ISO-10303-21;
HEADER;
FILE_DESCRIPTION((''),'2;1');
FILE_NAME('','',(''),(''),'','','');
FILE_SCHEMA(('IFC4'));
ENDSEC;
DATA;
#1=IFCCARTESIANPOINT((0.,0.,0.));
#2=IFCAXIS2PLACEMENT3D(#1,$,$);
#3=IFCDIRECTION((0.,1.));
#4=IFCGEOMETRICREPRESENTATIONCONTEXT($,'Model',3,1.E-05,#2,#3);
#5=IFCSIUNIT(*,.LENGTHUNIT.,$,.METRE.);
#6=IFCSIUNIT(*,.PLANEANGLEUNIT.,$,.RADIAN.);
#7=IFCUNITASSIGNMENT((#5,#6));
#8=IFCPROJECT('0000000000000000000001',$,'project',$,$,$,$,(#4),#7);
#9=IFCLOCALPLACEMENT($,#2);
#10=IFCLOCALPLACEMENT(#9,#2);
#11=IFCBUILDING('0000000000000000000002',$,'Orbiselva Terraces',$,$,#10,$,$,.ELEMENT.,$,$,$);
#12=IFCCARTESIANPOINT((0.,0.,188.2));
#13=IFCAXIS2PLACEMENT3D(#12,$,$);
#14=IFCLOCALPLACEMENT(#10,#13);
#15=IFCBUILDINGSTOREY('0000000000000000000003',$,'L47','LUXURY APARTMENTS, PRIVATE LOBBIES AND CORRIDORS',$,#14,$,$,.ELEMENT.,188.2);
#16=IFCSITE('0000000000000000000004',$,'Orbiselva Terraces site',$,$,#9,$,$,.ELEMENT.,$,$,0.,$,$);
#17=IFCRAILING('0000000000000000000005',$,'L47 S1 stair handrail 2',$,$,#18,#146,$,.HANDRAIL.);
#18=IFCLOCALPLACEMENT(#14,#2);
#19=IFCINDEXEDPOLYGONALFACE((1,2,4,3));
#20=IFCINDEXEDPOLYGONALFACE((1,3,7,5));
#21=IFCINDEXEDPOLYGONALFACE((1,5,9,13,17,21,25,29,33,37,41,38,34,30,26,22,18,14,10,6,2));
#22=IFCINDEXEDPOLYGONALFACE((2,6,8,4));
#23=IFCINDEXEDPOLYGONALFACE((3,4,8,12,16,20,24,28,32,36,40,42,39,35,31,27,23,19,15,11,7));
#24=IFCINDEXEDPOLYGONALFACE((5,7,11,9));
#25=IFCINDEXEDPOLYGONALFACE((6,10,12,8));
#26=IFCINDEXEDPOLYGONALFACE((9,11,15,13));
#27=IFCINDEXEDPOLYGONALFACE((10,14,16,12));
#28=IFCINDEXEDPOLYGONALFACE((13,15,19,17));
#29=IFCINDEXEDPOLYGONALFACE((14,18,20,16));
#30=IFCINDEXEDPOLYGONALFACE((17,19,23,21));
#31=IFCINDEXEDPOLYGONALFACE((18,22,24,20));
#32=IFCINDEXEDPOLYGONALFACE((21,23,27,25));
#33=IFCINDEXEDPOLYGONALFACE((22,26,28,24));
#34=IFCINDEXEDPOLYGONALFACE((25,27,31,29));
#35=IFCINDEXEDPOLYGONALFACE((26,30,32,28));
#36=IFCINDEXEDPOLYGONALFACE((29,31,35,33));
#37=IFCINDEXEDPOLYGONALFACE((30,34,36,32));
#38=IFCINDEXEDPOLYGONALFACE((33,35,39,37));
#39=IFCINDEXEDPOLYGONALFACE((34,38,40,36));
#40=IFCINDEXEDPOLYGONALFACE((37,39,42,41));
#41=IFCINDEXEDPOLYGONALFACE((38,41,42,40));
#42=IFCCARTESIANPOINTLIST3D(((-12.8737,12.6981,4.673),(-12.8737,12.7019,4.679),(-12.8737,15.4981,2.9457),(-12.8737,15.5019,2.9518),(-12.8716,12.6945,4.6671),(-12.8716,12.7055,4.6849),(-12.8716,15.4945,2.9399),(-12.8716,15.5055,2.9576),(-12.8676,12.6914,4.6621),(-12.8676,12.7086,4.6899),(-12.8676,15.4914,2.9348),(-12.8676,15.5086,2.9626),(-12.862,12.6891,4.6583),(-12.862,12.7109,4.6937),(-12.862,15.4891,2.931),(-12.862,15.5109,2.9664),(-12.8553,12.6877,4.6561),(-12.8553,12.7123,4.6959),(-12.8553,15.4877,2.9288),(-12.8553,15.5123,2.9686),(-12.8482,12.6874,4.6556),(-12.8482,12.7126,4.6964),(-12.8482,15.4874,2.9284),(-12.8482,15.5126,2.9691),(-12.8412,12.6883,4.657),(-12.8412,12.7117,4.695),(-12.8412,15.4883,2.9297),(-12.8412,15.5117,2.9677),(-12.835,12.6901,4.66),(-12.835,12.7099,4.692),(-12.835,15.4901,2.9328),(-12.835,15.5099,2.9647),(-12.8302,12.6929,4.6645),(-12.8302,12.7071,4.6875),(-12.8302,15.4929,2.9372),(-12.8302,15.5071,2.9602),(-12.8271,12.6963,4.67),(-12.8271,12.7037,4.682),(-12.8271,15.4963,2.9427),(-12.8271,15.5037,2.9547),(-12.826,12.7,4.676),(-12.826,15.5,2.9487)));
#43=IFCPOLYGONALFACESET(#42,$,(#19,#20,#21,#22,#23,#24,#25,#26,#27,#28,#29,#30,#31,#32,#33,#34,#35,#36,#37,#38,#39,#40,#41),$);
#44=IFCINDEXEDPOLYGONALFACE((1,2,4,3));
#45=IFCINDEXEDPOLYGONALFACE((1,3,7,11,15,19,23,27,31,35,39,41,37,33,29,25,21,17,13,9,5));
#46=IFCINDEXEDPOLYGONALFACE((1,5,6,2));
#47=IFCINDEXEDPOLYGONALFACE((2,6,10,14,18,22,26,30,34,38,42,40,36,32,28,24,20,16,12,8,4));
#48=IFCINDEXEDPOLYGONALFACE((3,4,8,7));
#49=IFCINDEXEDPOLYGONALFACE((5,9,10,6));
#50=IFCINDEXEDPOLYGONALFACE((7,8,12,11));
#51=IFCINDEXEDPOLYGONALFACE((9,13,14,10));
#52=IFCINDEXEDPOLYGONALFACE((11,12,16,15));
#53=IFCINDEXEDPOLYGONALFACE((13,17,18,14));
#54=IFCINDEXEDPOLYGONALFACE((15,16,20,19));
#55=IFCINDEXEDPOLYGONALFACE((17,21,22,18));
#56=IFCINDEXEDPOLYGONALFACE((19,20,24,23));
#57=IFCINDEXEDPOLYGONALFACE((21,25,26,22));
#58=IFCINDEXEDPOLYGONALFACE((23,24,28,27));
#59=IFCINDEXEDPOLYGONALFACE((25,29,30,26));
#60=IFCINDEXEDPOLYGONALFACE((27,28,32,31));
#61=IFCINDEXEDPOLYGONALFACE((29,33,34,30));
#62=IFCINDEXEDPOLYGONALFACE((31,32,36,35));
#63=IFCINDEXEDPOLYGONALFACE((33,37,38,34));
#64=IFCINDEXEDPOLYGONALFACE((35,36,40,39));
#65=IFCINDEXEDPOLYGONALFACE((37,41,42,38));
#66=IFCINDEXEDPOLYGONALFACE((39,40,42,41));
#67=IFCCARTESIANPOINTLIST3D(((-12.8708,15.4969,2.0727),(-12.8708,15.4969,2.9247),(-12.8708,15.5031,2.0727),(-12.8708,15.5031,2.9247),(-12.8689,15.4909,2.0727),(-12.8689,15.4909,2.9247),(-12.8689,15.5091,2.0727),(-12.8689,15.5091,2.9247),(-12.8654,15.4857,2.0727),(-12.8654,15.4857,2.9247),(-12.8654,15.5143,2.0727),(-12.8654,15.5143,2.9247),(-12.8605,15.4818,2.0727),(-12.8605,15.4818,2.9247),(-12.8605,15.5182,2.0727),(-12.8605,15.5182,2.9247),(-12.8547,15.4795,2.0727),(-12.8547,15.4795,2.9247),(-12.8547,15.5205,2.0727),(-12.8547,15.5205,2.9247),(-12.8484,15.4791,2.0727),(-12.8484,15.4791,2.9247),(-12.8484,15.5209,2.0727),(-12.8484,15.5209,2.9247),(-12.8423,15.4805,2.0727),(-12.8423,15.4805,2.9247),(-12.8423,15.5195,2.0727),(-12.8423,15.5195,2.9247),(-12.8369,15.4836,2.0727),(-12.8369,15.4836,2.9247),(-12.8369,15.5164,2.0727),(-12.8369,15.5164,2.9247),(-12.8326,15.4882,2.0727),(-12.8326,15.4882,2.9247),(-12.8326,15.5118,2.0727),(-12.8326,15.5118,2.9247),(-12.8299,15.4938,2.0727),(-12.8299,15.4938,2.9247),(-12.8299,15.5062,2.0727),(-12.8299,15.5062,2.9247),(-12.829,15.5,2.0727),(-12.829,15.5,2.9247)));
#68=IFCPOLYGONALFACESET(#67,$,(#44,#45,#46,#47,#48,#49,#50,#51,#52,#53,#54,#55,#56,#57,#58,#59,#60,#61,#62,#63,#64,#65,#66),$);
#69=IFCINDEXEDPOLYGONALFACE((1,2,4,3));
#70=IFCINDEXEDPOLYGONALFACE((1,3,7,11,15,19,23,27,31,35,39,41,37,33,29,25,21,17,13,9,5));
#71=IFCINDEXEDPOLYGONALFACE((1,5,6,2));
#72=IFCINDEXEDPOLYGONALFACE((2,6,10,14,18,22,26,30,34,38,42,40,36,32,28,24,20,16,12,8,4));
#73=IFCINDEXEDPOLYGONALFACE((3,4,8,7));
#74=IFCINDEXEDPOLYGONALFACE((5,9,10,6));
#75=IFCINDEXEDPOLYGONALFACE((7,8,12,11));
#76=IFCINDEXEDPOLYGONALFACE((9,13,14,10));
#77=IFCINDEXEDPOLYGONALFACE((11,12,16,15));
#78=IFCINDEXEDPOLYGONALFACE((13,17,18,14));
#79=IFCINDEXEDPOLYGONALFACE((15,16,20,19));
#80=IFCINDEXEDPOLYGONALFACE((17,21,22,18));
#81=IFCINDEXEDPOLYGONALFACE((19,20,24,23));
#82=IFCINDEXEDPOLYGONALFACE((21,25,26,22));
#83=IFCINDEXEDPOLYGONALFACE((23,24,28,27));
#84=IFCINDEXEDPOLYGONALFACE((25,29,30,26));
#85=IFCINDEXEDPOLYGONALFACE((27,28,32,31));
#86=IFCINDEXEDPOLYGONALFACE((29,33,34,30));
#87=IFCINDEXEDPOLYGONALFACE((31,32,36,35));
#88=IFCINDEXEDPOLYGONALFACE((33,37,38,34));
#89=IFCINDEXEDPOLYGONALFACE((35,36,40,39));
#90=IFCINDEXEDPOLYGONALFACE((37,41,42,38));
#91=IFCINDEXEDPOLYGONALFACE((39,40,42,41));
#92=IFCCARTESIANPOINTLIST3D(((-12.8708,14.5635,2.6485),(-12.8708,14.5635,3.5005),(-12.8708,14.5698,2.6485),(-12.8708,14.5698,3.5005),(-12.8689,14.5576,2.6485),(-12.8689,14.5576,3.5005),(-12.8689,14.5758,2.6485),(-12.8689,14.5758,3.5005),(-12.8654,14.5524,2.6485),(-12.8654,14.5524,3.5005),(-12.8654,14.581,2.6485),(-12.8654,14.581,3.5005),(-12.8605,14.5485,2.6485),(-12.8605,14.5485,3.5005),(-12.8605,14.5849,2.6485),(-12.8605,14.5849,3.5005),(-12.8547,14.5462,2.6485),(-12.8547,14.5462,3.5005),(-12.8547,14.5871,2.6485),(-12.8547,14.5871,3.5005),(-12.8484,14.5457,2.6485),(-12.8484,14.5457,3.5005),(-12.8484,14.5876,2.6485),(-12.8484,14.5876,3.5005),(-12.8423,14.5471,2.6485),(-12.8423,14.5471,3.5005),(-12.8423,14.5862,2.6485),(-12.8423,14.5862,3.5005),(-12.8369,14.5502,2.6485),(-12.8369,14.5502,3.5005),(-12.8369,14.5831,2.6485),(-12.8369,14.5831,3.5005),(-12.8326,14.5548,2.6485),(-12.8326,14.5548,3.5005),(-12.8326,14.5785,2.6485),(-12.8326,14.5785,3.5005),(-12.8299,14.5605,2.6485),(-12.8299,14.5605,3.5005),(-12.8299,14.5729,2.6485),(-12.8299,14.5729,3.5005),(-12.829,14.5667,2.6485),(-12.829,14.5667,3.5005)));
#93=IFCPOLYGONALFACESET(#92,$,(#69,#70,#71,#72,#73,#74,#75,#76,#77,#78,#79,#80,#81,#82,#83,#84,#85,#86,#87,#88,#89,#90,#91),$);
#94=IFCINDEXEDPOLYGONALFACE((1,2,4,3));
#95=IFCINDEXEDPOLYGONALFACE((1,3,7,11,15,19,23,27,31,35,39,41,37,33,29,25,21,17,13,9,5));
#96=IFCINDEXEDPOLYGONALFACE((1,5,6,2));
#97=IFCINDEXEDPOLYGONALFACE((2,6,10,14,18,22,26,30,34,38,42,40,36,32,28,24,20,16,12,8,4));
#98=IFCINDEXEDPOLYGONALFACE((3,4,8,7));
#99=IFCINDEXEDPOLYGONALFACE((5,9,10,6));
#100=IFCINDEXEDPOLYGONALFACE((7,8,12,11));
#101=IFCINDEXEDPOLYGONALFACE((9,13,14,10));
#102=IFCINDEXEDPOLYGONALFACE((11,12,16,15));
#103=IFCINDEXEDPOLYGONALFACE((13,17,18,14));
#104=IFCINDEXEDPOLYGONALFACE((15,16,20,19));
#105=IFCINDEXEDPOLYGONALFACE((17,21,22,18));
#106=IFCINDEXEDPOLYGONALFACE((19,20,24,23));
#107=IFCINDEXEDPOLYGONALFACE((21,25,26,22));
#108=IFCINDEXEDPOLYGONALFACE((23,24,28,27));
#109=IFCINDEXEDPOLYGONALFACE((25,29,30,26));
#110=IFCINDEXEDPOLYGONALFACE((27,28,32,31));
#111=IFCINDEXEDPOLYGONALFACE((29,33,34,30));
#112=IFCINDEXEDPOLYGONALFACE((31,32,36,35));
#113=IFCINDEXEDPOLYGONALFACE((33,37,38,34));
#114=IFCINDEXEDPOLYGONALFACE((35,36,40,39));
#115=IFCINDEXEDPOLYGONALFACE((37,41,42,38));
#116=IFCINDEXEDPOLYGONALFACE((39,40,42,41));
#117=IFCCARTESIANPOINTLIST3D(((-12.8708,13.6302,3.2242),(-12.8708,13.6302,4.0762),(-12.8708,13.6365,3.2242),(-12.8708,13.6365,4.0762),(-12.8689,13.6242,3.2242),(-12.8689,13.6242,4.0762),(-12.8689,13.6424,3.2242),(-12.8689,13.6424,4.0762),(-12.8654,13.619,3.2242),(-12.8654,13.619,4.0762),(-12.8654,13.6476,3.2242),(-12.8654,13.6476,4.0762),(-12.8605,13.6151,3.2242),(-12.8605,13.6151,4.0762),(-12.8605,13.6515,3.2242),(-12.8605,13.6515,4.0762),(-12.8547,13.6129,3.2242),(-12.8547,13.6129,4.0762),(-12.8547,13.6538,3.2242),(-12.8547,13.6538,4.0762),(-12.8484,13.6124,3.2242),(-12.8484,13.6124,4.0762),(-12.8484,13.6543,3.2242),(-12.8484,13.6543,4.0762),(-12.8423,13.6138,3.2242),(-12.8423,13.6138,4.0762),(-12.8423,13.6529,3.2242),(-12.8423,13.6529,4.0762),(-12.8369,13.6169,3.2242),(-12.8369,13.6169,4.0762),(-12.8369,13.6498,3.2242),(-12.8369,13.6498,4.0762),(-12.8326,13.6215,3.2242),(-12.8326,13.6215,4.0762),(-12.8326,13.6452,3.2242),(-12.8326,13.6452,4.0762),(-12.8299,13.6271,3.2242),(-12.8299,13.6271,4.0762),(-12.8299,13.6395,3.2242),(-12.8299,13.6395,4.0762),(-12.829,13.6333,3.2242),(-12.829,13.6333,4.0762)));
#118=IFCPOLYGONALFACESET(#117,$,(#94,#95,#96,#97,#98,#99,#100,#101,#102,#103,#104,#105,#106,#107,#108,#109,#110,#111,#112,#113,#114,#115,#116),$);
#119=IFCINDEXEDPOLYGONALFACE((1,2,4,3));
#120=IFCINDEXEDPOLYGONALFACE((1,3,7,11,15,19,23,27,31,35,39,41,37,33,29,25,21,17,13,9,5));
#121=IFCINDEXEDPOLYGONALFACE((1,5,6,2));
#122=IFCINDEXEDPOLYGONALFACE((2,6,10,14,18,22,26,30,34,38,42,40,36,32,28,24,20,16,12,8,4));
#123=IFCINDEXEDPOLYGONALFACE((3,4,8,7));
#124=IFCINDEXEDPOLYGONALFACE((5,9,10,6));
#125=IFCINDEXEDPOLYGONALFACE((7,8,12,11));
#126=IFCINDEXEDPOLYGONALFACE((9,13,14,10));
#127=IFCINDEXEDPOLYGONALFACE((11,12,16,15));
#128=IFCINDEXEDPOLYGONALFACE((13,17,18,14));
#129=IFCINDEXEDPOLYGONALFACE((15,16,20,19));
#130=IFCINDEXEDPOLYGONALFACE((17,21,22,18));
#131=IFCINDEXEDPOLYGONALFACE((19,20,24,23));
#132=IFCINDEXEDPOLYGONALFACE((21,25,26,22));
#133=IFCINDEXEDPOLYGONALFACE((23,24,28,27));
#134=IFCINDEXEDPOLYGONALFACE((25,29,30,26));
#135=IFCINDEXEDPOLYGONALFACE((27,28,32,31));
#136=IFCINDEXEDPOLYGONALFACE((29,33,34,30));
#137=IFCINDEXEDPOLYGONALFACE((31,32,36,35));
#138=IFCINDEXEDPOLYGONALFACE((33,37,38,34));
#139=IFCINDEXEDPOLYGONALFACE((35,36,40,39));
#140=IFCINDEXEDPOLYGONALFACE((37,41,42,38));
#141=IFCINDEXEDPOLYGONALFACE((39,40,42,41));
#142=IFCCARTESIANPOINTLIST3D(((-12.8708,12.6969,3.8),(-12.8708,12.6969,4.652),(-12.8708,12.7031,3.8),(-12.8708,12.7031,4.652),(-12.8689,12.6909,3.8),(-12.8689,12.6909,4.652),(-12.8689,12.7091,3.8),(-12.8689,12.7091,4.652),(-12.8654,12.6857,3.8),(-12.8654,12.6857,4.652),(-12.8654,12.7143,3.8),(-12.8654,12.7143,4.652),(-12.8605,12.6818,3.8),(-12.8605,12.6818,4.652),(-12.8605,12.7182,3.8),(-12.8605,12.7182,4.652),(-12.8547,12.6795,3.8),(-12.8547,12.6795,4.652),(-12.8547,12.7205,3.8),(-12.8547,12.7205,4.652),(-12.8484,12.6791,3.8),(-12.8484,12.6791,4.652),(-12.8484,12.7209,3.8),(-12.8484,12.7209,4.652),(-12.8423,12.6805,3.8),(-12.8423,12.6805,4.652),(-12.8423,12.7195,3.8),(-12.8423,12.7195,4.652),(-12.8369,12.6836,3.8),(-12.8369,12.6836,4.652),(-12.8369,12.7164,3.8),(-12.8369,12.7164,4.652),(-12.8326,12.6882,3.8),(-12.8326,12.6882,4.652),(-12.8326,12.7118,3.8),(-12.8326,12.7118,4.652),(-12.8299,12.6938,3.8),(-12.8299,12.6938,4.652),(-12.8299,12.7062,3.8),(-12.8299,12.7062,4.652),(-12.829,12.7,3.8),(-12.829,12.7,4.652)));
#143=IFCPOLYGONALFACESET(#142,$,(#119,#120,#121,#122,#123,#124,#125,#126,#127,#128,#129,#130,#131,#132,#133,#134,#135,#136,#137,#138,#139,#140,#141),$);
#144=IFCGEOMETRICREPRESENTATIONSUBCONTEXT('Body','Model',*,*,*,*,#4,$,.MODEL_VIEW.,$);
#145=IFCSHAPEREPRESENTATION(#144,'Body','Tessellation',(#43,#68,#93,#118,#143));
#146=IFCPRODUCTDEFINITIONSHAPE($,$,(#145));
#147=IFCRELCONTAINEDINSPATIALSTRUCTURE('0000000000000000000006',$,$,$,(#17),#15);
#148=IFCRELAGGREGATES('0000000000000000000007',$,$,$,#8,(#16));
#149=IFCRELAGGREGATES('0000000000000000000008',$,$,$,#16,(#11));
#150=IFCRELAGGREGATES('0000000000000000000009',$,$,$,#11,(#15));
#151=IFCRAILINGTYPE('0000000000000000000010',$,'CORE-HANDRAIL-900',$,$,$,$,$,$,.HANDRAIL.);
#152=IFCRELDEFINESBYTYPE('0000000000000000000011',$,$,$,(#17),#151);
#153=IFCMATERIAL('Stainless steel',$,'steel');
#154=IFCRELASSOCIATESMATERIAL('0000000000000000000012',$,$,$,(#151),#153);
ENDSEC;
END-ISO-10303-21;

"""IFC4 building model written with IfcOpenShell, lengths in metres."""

from ifc_helpers import new_model, si_unit, direction, frame, origin, origin_2d, place, context, subcontext, project, spatial, circle, extrude, material, type_object, element, save


model = new_model("IFC4")

# Units and contexts
model_context = context("Model", 3, precision=1e-05, world=origin(), true_north=direction((0.0, 1.0)))
body_context = subcontext(model_context, "Body", "Model", "MODEL_VIEW")
ifc_project = project(units=[si_unit("LENGTHUNIT", "METRE"), si_unit("PLANEANGLEUNIT", "RADIAN")], contexts=[model_context])

# Site, building, storey
site_placement = place(None, origin())
site = spatial("IfcSite", under=ifc_project, at=site_placement, Name="Orbiselva Terraces site", CompositionType="ELEMENT", RefElevation=0.0)
building_placement = place(site_placement, origin())
building = spatial("IfcBuilding", under=site, at=building_placement, Name="Orbiselva Terraces", CompositionType="ELEMENT")
storey_placement = place(building_placement, frame((0.0, 0.0, 188.2)))
storey = spatial("IfcBuildingStorey", under=building, at=storey_placement, Name="L47", Description="LUXURY APARTMENTS, PRIVATE LOBBIES AND CORRIDORS", CompositionType="ELEMENT", Elevation=188.2)

# Railing
ifc_material_1 = material(Name="Stainless steel", Category="steel")
railing_type_1 = type_object("IfcRailingType", Name="CORE-HANDRAIL-900", PredefinedType="HANDRAIL", material=ifc_material_1)
railing_1_placement = place(storey_placement, frame((-12.85, 15.5, 2.0727)))
element("IfcRailing", 1, at=railing_1_placement, inside=storey, type_object=railing_type_1, Name="L47 S1 stair handrail 2", PredefinedType="HANDRAIL", context=body_context, shape_type="SweptSolid", body=[
    extrude(circle(Radius=0.024, at=origin_2d()), frame((0.0, 0.0, 0.876), z_axis=(0.0, -0.851089, 0.525022), x_axis=(1.0, 0.0, 0.0)), (0.0, 0.0, 1.0), 3.2899),
    extrude(circle(Radius=0.021, at=origin_2d()), origin(), (0.0, 0.0, 1.0), 0.852),
    extrude(circle(Radius=0.021, at=origin_2d()), frame((0.0, -0.9333, 0.5758)), (0.0, 0.0, 1.0), 0.852),
    extrude(circle(Radius=0.021, at=origin_2d()), frame((0.0, -1.8667, 1.1515)), (0.0, 0.0, 1.0), 0.852),
    extrude(circle(Radius=0.021, at=origin_2d()), frame((0.0, -2.8, 1.7273)), (0.0, 0.0, 1.0), 0.852),
])

save(model, "model.ifc")
